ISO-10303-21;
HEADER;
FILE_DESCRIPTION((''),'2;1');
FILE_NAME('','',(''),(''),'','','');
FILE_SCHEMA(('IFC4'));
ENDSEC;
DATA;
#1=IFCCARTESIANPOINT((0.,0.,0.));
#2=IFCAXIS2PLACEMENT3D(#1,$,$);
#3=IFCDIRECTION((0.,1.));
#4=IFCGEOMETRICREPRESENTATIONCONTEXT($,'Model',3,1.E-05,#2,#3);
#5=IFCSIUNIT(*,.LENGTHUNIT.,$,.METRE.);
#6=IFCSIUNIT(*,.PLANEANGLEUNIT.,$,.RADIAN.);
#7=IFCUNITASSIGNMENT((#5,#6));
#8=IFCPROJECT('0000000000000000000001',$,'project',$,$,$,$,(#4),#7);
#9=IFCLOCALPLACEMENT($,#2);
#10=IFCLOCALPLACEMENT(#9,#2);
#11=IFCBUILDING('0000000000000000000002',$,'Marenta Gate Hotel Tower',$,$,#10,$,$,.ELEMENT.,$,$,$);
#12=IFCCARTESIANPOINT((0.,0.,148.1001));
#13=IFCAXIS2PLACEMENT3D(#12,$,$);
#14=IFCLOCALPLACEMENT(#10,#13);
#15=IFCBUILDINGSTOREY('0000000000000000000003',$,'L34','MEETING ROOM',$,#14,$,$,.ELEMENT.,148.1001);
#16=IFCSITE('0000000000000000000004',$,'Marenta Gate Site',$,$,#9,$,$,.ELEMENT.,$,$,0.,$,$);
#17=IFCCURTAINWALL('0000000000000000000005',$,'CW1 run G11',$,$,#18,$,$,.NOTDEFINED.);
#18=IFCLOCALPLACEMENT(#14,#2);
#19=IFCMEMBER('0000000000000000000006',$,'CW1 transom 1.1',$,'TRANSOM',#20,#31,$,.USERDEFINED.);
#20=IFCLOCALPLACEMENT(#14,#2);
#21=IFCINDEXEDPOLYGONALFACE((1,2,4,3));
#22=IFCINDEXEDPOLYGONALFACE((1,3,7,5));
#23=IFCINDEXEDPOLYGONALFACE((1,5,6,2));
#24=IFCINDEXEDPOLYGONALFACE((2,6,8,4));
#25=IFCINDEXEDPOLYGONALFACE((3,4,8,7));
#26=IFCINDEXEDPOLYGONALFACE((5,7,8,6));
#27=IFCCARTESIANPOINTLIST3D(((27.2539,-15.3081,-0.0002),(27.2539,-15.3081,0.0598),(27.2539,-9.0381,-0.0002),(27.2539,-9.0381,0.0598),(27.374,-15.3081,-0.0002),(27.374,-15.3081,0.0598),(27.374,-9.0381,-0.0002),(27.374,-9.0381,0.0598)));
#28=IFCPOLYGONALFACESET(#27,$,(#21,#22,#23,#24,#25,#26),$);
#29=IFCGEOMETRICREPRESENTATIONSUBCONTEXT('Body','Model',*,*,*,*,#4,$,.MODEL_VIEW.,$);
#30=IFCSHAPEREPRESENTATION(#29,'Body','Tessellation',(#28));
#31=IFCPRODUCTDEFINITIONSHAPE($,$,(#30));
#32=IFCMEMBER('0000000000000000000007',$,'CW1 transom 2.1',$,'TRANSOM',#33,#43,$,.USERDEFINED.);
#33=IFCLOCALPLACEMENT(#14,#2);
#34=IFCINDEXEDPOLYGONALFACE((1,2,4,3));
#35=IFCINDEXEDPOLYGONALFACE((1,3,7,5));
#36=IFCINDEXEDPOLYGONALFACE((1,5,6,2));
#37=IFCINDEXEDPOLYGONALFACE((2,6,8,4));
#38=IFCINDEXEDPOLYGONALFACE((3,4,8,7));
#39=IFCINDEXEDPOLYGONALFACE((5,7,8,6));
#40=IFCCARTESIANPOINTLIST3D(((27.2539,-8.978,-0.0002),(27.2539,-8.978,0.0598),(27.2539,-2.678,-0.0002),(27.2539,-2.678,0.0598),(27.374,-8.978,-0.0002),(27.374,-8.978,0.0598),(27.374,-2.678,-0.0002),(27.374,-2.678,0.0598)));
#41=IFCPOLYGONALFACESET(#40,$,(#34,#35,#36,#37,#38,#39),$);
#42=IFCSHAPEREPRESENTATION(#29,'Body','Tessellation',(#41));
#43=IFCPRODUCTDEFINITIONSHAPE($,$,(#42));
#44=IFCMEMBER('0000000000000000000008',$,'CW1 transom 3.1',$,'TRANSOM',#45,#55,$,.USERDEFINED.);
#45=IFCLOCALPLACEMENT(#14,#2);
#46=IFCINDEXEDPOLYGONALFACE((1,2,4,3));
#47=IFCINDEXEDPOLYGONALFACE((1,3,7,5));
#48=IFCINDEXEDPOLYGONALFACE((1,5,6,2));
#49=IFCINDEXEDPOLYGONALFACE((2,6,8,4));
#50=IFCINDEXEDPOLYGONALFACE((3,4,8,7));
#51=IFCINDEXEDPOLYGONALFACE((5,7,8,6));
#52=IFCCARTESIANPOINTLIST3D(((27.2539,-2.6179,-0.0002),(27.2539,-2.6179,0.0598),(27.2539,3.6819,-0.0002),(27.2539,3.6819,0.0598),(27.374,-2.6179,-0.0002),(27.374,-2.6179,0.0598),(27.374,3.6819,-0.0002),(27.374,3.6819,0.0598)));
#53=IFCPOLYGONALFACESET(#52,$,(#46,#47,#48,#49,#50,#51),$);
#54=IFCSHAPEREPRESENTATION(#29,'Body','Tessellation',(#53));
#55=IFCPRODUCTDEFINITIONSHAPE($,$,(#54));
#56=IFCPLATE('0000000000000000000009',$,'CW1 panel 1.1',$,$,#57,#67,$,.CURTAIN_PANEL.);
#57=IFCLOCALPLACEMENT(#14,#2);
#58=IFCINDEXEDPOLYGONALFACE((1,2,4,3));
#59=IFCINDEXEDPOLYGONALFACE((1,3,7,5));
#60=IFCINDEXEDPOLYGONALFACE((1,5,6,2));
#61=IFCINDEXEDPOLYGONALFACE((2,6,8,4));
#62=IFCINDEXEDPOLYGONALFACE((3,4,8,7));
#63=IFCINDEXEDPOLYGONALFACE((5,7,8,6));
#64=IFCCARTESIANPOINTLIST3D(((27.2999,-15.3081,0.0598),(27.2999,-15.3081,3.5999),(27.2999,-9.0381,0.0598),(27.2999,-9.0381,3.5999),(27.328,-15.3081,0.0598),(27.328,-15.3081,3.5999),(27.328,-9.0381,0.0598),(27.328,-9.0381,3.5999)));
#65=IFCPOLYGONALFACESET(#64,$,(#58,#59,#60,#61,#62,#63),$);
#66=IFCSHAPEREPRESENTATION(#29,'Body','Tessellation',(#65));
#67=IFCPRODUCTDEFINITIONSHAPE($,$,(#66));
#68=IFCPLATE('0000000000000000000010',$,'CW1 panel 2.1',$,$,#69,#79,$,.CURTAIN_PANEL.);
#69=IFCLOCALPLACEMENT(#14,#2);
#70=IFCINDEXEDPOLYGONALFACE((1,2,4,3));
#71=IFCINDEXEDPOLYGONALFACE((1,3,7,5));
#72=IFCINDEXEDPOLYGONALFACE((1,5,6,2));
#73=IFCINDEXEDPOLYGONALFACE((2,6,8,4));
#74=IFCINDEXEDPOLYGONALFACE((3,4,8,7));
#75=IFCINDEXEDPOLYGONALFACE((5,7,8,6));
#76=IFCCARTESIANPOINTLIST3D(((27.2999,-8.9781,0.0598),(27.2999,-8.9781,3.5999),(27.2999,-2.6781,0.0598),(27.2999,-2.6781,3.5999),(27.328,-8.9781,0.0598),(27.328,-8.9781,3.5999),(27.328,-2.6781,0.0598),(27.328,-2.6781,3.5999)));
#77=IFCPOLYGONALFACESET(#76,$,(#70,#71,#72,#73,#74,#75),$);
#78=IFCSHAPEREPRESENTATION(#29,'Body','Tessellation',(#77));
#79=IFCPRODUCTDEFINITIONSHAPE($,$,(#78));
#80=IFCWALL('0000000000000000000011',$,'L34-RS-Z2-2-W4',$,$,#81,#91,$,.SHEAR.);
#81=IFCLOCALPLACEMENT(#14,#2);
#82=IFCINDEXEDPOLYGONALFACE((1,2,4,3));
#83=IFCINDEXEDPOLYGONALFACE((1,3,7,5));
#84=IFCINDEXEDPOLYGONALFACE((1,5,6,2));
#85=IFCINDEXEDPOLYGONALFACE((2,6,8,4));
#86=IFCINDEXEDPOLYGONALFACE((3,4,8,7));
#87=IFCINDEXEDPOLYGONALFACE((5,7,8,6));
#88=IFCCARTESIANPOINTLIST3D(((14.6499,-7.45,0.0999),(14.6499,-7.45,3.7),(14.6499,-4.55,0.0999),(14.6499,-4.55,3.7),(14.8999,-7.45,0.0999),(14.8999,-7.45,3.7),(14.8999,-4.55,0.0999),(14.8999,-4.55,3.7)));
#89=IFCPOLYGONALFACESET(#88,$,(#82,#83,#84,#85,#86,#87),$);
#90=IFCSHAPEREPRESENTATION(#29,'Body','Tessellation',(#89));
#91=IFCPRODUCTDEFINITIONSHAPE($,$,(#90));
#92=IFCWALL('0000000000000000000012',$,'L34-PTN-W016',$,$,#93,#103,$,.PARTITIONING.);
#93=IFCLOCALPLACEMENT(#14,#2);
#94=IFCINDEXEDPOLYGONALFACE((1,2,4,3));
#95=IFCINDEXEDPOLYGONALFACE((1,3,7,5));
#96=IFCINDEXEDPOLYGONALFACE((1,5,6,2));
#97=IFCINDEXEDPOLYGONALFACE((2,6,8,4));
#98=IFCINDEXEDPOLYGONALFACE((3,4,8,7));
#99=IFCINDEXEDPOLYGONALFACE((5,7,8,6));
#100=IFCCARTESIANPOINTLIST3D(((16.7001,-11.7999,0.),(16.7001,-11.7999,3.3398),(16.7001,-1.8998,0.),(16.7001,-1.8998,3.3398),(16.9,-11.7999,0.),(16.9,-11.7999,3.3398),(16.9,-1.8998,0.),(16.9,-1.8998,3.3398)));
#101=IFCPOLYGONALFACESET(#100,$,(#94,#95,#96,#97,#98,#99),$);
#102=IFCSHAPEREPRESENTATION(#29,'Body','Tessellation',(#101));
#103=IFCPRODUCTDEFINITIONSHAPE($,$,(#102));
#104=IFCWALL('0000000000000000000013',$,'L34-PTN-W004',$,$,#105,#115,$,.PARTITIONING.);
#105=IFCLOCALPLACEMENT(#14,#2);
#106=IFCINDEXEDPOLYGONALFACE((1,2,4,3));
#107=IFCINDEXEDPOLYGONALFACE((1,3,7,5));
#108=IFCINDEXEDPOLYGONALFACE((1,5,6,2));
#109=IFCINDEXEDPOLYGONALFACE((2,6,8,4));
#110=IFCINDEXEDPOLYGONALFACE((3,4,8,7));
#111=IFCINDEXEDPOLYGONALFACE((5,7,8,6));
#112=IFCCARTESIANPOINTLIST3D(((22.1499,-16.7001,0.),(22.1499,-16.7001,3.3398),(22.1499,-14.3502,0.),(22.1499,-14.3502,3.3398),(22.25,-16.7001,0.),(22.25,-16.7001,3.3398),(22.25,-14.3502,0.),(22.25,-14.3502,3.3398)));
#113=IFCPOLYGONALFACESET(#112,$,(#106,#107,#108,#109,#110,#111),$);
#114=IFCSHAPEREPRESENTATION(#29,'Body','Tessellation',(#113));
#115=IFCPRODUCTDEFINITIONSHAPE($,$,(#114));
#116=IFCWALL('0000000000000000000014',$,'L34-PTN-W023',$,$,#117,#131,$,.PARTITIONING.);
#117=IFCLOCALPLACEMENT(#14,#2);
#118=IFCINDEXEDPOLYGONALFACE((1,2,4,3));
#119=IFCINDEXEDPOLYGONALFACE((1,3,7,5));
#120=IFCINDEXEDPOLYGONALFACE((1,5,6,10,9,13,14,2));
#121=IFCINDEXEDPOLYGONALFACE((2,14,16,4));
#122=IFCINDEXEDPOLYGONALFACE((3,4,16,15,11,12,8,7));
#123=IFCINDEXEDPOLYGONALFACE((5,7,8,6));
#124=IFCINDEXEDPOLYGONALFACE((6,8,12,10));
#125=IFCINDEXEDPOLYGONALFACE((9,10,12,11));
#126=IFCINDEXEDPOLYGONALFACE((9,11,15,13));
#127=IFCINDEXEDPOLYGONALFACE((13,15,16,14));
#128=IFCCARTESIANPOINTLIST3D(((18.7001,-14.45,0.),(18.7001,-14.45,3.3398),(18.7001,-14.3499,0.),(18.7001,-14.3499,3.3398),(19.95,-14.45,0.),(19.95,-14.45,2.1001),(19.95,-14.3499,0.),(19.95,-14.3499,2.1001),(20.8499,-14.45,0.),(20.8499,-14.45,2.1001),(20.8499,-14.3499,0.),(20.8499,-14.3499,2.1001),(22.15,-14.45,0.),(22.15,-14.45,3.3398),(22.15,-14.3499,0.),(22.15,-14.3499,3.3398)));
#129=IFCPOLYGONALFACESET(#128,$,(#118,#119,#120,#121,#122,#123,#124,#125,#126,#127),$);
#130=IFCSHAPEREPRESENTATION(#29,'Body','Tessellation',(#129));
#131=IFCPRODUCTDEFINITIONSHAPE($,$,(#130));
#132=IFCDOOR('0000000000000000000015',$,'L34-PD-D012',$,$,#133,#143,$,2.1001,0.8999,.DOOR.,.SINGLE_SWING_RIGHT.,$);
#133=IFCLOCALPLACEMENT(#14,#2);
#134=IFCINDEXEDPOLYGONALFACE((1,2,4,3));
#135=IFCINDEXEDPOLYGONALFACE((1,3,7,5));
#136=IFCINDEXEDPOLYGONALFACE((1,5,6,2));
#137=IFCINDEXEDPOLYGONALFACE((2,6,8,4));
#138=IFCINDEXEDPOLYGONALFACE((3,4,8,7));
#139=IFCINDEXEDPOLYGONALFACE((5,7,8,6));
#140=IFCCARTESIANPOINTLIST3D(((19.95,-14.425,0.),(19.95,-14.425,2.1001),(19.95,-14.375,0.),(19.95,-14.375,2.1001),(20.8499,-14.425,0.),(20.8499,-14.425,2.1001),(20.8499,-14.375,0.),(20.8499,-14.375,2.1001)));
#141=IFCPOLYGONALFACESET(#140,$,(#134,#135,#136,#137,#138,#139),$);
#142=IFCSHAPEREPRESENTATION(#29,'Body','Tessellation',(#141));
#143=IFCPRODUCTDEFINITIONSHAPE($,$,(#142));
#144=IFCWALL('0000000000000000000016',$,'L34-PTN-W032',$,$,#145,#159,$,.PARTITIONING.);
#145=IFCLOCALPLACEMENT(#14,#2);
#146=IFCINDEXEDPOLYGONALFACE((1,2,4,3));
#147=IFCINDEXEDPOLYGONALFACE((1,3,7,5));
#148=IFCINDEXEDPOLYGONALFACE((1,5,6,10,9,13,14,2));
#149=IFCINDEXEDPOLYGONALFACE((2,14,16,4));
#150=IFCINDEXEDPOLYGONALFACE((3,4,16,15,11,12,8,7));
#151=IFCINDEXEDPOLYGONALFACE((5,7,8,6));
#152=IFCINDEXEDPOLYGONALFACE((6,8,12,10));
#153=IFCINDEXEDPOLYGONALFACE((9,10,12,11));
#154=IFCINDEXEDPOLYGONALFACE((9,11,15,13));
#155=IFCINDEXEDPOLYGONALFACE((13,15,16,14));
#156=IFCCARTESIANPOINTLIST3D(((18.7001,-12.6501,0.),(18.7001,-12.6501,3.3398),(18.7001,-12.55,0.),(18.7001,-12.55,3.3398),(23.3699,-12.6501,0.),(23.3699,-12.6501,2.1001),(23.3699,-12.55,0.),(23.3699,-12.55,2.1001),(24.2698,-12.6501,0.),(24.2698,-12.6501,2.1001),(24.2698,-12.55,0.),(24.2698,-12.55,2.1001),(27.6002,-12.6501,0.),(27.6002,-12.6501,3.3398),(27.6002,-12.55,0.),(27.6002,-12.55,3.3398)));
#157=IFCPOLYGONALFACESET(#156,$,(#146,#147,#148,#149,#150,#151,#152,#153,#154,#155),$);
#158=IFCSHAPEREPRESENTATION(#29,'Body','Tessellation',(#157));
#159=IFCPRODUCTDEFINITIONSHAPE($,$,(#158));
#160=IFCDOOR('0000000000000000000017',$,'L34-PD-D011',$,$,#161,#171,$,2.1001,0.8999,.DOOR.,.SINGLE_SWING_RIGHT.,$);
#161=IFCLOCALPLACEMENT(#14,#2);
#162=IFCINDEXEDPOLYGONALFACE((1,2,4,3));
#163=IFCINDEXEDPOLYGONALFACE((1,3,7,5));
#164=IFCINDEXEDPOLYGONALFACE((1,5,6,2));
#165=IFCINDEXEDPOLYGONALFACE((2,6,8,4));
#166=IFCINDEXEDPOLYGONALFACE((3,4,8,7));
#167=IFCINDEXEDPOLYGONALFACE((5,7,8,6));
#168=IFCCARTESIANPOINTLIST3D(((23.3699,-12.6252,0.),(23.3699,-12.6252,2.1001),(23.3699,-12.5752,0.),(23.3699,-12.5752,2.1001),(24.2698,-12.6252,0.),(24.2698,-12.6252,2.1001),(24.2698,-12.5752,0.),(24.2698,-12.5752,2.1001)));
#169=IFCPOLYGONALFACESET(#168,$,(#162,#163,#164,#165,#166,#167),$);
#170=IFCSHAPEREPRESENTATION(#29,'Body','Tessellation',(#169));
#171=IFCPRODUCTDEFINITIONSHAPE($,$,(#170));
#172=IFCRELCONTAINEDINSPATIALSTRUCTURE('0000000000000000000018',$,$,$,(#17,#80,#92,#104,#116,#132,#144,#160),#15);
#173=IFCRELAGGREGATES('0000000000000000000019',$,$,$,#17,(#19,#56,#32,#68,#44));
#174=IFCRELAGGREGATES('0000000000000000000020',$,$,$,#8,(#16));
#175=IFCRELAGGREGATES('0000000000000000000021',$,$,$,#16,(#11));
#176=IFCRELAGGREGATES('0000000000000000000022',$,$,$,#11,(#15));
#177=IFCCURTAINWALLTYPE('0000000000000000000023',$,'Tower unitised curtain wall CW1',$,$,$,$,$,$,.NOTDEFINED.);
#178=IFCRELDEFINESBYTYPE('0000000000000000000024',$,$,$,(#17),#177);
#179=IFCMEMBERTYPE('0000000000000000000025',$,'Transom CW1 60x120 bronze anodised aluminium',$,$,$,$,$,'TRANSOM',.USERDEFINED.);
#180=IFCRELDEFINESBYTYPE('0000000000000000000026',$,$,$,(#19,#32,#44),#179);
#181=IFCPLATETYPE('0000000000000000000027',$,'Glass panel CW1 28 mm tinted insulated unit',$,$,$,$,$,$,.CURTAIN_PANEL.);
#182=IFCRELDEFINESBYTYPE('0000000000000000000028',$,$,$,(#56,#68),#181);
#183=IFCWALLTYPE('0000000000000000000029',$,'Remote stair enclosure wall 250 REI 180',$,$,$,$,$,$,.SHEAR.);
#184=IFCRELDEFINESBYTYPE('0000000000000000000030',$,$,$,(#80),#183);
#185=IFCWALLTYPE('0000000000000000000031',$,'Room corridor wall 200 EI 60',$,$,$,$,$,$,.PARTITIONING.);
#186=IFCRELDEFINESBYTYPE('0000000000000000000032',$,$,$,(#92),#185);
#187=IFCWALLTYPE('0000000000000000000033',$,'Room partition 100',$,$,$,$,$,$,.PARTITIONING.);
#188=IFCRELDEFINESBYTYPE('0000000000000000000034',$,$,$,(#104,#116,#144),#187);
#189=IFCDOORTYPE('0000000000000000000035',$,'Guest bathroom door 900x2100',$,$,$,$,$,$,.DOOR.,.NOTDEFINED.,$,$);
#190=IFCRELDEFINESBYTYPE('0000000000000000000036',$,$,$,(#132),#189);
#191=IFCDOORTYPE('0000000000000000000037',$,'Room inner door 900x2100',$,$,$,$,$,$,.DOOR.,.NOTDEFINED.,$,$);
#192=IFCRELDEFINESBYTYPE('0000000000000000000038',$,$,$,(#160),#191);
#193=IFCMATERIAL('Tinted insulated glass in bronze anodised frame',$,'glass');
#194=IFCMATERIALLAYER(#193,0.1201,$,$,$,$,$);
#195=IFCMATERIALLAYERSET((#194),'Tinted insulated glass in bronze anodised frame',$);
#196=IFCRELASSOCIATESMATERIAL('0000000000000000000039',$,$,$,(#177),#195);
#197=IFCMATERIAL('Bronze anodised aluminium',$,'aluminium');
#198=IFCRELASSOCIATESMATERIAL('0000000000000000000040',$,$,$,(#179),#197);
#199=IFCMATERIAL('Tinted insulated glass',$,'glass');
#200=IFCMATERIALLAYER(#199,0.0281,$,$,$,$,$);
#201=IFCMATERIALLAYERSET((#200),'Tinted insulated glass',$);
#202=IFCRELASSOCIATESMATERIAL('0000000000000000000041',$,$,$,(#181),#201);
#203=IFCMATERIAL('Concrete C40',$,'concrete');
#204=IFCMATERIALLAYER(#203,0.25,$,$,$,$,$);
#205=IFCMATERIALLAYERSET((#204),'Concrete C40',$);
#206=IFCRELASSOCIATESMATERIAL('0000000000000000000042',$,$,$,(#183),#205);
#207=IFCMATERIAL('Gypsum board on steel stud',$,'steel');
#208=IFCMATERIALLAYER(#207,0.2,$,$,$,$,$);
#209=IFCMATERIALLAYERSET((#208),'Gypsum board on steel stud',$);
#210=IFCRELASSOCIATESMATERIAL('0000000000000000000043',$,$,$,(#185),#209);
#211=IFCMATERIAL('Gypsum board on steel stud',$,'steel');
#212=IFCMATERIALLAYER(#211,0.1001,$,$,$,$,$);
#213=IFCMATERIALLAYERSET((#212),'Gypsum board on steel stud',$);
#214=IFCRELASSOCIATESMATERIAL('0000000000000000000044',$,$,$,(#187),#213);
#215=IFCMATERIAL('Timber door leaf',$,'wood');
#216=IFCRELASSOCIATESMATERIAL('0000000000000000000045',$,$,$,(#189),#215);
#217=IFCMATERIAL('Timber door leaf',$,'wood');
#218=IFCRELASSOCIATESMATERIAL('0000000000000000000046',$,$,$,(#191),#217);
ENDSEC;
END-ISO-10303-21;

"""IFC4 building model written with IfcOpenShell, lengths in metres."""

from ifc_helpers import new_model, si_unit, direction, frame, frame_2d, origin, origin_2d, place, context, subcontext, project, spatial, rectangle, extrude, material, layer, layer_set, material_profile, profile_set, type_object, element, fill, aggregate, save


model = new_model("IFC4")

# Units and contexts
model_context = context("Model", 3, precision=1e-05, world=origin(), true_north=direction((0.0, 1.0)))
body_context = subcontext(model_context, "Body", "Model", "MODEL_VIEW")
ifc_project = project(units=[si_unit("LENGTHUNIT", "METRE"), si_unit("PLANEANGLEUNIT", "RADIAN")], contexts=[model_context])

# Site, building, storey
site_placement = place(None, origin())
site = spatial("IfcSite", under=ifc_project, at=site_placement, Name="Marenta Gate Site", CompositionType="ELEMENT", RefElevation=0.0)
building_placement = place(site_placement, origin())
building = spatial("IfcBuilding", under=site, at=building_placement, Name="Marenta Gate Hotel Tower", CompositionType="ELEMENT")
storey_placement = place(building_placement, frame((0.0, 0.0, 148.1001)))
storey = spatial("IfcBuildingStorey", under=building, at=storey_placement, Name="L34", Description="MEETING ROOM", CompositionType="ELEMENT", Elevation=148.1001)

# Curtain wall, members, plates
ifc_material_1 = material(Name="Tinted insulated glass in bronze anodised frame", Category="glass")
ifc_layer_1 = layer(ifc_material_1, 0.1201)
ifc_layer_set_1 = layer_set([ifc_layer_1], Name="Tinted insulated glass in bronze anodised frame")
curtain_wall_type = type_object("IfcCurtainWallType", Name="Tower unitised curtain wall CW1", PredefinedType="NOTDEFINED", material=ifc_layer_set_1)
curtain_wall_placement = place(storey_placement, origin())
curtain_wall = element("IfcCurtainWall", 1, at=curtain_wall_placement, inside=storey, type_object=curtain_wall_type, Name="CW1 run G11", PredefinedType="NOTDEFINED")
ifc_material_2 = material(Name="Bronze anodised aluminium", Category="aluminium")
ifc_material_profile_1 = material_profile(ifc_material_2, rectangle(XDim=0.1201, YDim=0.0601, at=origin_2d()), Name="Transom CW1 60x120 bronze anodised aluminium")
ifc_profile_set_1 = profile_set([ifc_material_profile_1], Name="Bronze anodised aluminium")
member_type_1 = type_object("IfcMemberType", Name="Transom CW1 60x120 bronze anodised aluminium", ElementType="TRANSOM", PredefinedType="USERDEFINED", material=ifc_profile_set_1)
member_1_placement = place(storey_placement, frame((27.314, -15.3081, 0.0298), z_axis=(0.0, 1.0, 0.0), x_axis=(-1.0, 0.0, 0.0)))
member_1 = element("IfcMember", 2, at=member_1_placement, type_object=member_type_1, Name="CW1 transom 1.1", ObjectType="TRANSOM", PredefinedType="USERDEFINED", context=body_context, shape_type="SweptSolid", body=[
    extrude(rectangle(XDim=0.1201, YDim=0.0601, at=origin_2d()), origin(), (0.0, 0.0, 1.0), 6.27),
])
member_2_placement = place(storey_placement, frame((27.314, -8.978, 0.0298), z_axis=(0.0, 1.0, 0.0), x_axis=(-1.0, 0.0, 0.0)))
member_2 = element("IfcMember", 3, at=member_2_placement, type_object=member_type_1, Name="CW1 transom 2.1", ObjectType="TRANSOM", PredefinedType="USERDEFINED", context=body_context, shape_type="SweptSolid", body=[
    extrude(rectangle(XDim=0.1201, YDim=0.0601, at=origin_2d()), origin(), (0.0, 0.0, 1.0), 6.3),
])
member_3_placement = place(storey_placement, frame((27.314, -2.6179, 0.0298), z_axis=(0.0, 1.0, 0.0), x_axis=(-1.0, 0.0, 0.0)))
member_3 = element("IfcMember", 4, at=member_3_placement, type_object=member_type_1, Name="CW1 transom 3.1", ObjectType="TRANSOM", PredefinedType="USERDEFINED", context=body_context, shape_type="SweptSolid", body=[
    extrude(rectangle(XDim=0.1201, YDim=0.0601, at=origin_2d()), origin(), (0.0, 0.0, 1.0), 6.2998),
])
ifc_material_3 = material(Name="Tinted insulated glass", Category="glass")
ifc_layer_2 = layer(ifc_material_3, 0.0281)
ifc_layer_set_2 = layer_set([ifc_layer_2], Name="Tinted insulated glass")
plate_type = type_object("IfcPlateType", Name="Glass panel CW1 28 mm tinted insulated unit", PredefinedType="CURTAIN_PANEL", material=ifc_layer_set_2)
plate_1_placement = place(storey_placement, frame((27.314, -12.1731, 0.0598), z_axis=(0.0, 0.0, 1.0), x_axis=(0.0, 1.0, 0.0)))
plate_1 = element("IfcPlate", 5, at=plate_1_placement, type_object=plate_type, Name="CW1 panel 1.1", PredefinedType="CURTAIN_PANEL", context=body_context, shape_type="SweptSolid", body=[
    extrude(rectangle(XDim=6.27, YDim=0.0281, at=origin_2d()), origin(), (0.0, 0.0, 1.0), 3.54),
])
plate_2_placement = place(storey_placement, frame((27.314, -5.8281, 0.0598), z_axis=(0.0, 0.0, 1.0), x_axis=(0.0, 1.0, 0.0)))
plate_2 = element("IfcPlate", 6, at=plate_2_placement, type_object=plate_type, Name="CW1 panel 2.1", PredefinedType="CURTAIN_PANEL", context=body_context, shape_type="SweptSolid", body=[
    extrude(rectangle(XDim=6.3, YDim=0.0281, at=origin_2d()), origin(), (0.0, 0.0, 1.0), 3.54),
])
aggregate(curtain_wall, [member_1, plate_1, member_2, plate_2, member_3])

# Walls
ifc_material_4 = material(Name="Concrete C40", Category="concrete")
ifc_layer_3 = layer(ifc_material_4, 0.25)
ifc_layer_set_3 = layer_set([ifc_layer_3], Name="Concrete C40")
wall_type_1 = type_object("IfcWallType", Name="Remote stair enclosure wall 250 REI 180", PredefinedType="SHEAR", material=ifc_layer_set_3)
wall_1_placement = place(storey_placement, frame((14.7749, -7.45, 0.0999), z_axis=(0.0, 0.0, 1.0), x_axis=(0.0, 1.0, 0.0)))
element("IfcWall", 7, at=wall_1_placement, inside=storey, type_object=wall_type_1, Name="L34-RS-Z2-2-W4", PredefinedType="SHEAR", context=body_context, shape_type="SweptSolid", body=[
    extrude(rectangle(XDim=2.8999, YDim=0.25, at=frame_2d((1.45, 0.0))), origin(), (0.0, 0.0, 1.0), 3.6001),
])
ifc_material_5 = material(Name="Gypsum board on steel stud", Category="steel")
ifc_layer_4 = layer(ifc_material_5, 0.2)
ifc_layer_set_4 = layer_set([ifc_layer_4], Name="Gypsum board on steel stud")
wall_type_2 = type_object("IfcWallType", Name="Room corridor wall 200 EI 60", PredefinedType="PARTITIONING", material=ifc_layer_set_4)
wall_2_placement = place(storey_placement, frame((16.8, -11.8, 0.0), z_axis=(0.0, 0.0, 1.0), x_axis=(0.0, 1.0, 0.0)))
element("IfcWall", 8, at=wall_2_placement, inside=storey, type_object=wall_type_2, Name="L34-PTN-W016", PredefinedType="PARTITIONING", context=body_context, shape_type="SweptSolid", body=[
    extrude(rectangle(XDim=9.9001, YDim=0.2, at=frame_2d((4.9502, 0.0))), origin(), (0.0, 0.0, 1.0), 3.3398),
])
ifc_material_6 = material(Name="Gypsum board on steel stud", Category="steel")
ifc_layer_5 = layer(ifc_material_6, 0.1001)
ifc_layer_set_5 = layer_set([ifc_layer_5], Name="Gypsum board on steel stud")
wall_type_3 = type_object("IfcWallType", Name="Room partition 100", PredefinedType="PARTITIONING", material=ifc_layer_set_5)
wall_3_placement = place(storey_placement, frame((22.2, -16.7, 0.0), z_axis=(0.0, 0.0, 1.0), x_axis=(0.0, 1.0, 0.0)))
element("IfcWall", 9, at=wall_3_placement, inside=storey, type_object=wall_type_3, Name="L34-PTN-W004", PredefinedType="PARTITIONING", context=body_context, shape_type="SweptSolid", body=[
    extrude(rectangle(XDim=2.3499, YDim=0.1001, at=frame_2d((1.1748, 0.0))), origin(), (0.0, 0.0, 1.0), 3.3398),
])

# Walls, openings, doors
wall_4_placement = place(storey_placement, frame((18.7, -14.3999, 0.0), z_axis=(0.0, 0.0, 1.0), x_axis=(1.0, 0.0, 0.0)))
wall_4 = element("IfcWall", 10, at=wall_4_placement, inside=storey, type_object=wall_type_3, Name="L34-PTN-W023", PredefinedType="PARTITIONING", context=body_context, shape_type="SweptSolid", body=[
    extrude(rectangle(XDim=3.45, YDim=0.1001, at=frame_2d((1.7251, 0.0))), origin(), (0.0, 0.0, 1.0), 3.3398),
])
opening_1_placement = place(wall_4_placement, frame((1.25, 0.0, 0.0)))
opening_1 = element("IfcOpeningElement", 11, at=opening_1_placement, cuts=wall_4, PredefinedType="OPENING", context=body_context, shape_type="SweptSolid", body=[
    extrude(rectangle(XDim=0.8999, YDim=2.1001, at=frame_2d((0.45, 1.05))), frame((0.0, 0.05, 0.0), z_axis=(0.0, -1.0, 0.0), x_axis=(1.0, 0.0, 0.0)), (0.0, 0.0, 1.0), 0.1001),
])
ifc_material_7 = material(Name="Timber door leaf", Category="wood")
door_type_1 = type_object("IfcDoorType", Name="Guest bathroom door 900x2100", OperationType="NOTDEFINED", PredefinedType="DOOR", material=ifc_material_7)
door_1_placement = place(opening_1_placement, origin())
door_1 = element("IfcDoor", 12, at=door_1_placement, inside=storey, type_object=door_type_1, Name="L34-PD-D012", OperationType="SINGLE_SWING_RIGHT", OverallHeight=2.1001, OverallWidth=0.8999, PredefinedType="DOOR", context=body_context, shape_type="SweptSolid", body=[
    extrude(rectangle(XDim=0.8999, YDim=2.1001, at=frame_2d((0.45, 1.05))), frame((0.0, 0.0249, 0.0), z_axis=(0.0, -1.0, 0.0), x_axis=(1.0, 0.0, 0.0)), (0.0, 0.0, 1.0), 0.05),
])
fill(opening_1, door_1)
wall_5_placement = place(storey_placement, frame((18.7, -12.6001, 0.0), z_axis=(0.0, 0.0, 1.0), x_axis=(1.0, 0.0, 0.0)))
wall_5 = element("IfcWall", 13, at=wall_5_placement, inside=storey, type_object=wall_type_3, Name="L34-PTN-W032", PredefinedType="PARTITIONING", context=body_context, shape_type="SweptSolid", body=[
    extrude(rectangle(XDim=8.9001, YDim=0.1001, at=frame_2d((4.4502, 0.0))), origin(), (0.0, 0.0, 1.0), 3.3398),
])
opening_2_placement = place(wall_5_placement, frame((4.6699, 0.0, 0.0)))
opening_2 = element("IfcOpeningElement", 14, at=opening_2_placement, cuts=wall_5, PredefinedType="OPENING", context=body_context, shape_type="SweptSolid", body=[
    extrude(rectangle(XDim=0.8999, YDim=2.1001, at=frame_2d((0.45, 1.05))), frame((0.0, 0.05, 0.0), z_axis=(0.0, -1.0, 0.0), x_axis=(1.0, 0.0, 0.0)), (0.0, 0.0, 1.0), 0.1001),
])
ifc_material_8 = material(Name="Timber door leaf", Category="wood")
door_type_2 = type_object("IfcDoorType", Name="Room inner door 900x2100", OperationType="NOTDEFINED", PredefinedType="DOOR", material=ifc_material_8)
door_2_placement = place(opening_2_placement, origin())
door_2 = element("IfcDoor", 15, at=door_2_placement, inside=storey, type_object=door_type_2, Name="L34-PD-D011", OperationType="SINGLE_SWING_RIGHT", OverallHeight=2.1001, OverallWidth=0.8999, PredefinedType="DOOR", context=body_context, shape_type="SweptSolid", body=[
    extrude(rectangle(XDim=0.8999, YDim=2.1001, at=frame_2d((0.45, 1.05))), frame((0.0, 0.0249, 0.0), z_axis=(0.0, -1.0, 0.0), x_axis=(1.0, 0.0, 0.0)), (0.0, 0.0, 1.0), 0.05),
])
fill(opening_2, door_2)

save(model, "model.ifc")
